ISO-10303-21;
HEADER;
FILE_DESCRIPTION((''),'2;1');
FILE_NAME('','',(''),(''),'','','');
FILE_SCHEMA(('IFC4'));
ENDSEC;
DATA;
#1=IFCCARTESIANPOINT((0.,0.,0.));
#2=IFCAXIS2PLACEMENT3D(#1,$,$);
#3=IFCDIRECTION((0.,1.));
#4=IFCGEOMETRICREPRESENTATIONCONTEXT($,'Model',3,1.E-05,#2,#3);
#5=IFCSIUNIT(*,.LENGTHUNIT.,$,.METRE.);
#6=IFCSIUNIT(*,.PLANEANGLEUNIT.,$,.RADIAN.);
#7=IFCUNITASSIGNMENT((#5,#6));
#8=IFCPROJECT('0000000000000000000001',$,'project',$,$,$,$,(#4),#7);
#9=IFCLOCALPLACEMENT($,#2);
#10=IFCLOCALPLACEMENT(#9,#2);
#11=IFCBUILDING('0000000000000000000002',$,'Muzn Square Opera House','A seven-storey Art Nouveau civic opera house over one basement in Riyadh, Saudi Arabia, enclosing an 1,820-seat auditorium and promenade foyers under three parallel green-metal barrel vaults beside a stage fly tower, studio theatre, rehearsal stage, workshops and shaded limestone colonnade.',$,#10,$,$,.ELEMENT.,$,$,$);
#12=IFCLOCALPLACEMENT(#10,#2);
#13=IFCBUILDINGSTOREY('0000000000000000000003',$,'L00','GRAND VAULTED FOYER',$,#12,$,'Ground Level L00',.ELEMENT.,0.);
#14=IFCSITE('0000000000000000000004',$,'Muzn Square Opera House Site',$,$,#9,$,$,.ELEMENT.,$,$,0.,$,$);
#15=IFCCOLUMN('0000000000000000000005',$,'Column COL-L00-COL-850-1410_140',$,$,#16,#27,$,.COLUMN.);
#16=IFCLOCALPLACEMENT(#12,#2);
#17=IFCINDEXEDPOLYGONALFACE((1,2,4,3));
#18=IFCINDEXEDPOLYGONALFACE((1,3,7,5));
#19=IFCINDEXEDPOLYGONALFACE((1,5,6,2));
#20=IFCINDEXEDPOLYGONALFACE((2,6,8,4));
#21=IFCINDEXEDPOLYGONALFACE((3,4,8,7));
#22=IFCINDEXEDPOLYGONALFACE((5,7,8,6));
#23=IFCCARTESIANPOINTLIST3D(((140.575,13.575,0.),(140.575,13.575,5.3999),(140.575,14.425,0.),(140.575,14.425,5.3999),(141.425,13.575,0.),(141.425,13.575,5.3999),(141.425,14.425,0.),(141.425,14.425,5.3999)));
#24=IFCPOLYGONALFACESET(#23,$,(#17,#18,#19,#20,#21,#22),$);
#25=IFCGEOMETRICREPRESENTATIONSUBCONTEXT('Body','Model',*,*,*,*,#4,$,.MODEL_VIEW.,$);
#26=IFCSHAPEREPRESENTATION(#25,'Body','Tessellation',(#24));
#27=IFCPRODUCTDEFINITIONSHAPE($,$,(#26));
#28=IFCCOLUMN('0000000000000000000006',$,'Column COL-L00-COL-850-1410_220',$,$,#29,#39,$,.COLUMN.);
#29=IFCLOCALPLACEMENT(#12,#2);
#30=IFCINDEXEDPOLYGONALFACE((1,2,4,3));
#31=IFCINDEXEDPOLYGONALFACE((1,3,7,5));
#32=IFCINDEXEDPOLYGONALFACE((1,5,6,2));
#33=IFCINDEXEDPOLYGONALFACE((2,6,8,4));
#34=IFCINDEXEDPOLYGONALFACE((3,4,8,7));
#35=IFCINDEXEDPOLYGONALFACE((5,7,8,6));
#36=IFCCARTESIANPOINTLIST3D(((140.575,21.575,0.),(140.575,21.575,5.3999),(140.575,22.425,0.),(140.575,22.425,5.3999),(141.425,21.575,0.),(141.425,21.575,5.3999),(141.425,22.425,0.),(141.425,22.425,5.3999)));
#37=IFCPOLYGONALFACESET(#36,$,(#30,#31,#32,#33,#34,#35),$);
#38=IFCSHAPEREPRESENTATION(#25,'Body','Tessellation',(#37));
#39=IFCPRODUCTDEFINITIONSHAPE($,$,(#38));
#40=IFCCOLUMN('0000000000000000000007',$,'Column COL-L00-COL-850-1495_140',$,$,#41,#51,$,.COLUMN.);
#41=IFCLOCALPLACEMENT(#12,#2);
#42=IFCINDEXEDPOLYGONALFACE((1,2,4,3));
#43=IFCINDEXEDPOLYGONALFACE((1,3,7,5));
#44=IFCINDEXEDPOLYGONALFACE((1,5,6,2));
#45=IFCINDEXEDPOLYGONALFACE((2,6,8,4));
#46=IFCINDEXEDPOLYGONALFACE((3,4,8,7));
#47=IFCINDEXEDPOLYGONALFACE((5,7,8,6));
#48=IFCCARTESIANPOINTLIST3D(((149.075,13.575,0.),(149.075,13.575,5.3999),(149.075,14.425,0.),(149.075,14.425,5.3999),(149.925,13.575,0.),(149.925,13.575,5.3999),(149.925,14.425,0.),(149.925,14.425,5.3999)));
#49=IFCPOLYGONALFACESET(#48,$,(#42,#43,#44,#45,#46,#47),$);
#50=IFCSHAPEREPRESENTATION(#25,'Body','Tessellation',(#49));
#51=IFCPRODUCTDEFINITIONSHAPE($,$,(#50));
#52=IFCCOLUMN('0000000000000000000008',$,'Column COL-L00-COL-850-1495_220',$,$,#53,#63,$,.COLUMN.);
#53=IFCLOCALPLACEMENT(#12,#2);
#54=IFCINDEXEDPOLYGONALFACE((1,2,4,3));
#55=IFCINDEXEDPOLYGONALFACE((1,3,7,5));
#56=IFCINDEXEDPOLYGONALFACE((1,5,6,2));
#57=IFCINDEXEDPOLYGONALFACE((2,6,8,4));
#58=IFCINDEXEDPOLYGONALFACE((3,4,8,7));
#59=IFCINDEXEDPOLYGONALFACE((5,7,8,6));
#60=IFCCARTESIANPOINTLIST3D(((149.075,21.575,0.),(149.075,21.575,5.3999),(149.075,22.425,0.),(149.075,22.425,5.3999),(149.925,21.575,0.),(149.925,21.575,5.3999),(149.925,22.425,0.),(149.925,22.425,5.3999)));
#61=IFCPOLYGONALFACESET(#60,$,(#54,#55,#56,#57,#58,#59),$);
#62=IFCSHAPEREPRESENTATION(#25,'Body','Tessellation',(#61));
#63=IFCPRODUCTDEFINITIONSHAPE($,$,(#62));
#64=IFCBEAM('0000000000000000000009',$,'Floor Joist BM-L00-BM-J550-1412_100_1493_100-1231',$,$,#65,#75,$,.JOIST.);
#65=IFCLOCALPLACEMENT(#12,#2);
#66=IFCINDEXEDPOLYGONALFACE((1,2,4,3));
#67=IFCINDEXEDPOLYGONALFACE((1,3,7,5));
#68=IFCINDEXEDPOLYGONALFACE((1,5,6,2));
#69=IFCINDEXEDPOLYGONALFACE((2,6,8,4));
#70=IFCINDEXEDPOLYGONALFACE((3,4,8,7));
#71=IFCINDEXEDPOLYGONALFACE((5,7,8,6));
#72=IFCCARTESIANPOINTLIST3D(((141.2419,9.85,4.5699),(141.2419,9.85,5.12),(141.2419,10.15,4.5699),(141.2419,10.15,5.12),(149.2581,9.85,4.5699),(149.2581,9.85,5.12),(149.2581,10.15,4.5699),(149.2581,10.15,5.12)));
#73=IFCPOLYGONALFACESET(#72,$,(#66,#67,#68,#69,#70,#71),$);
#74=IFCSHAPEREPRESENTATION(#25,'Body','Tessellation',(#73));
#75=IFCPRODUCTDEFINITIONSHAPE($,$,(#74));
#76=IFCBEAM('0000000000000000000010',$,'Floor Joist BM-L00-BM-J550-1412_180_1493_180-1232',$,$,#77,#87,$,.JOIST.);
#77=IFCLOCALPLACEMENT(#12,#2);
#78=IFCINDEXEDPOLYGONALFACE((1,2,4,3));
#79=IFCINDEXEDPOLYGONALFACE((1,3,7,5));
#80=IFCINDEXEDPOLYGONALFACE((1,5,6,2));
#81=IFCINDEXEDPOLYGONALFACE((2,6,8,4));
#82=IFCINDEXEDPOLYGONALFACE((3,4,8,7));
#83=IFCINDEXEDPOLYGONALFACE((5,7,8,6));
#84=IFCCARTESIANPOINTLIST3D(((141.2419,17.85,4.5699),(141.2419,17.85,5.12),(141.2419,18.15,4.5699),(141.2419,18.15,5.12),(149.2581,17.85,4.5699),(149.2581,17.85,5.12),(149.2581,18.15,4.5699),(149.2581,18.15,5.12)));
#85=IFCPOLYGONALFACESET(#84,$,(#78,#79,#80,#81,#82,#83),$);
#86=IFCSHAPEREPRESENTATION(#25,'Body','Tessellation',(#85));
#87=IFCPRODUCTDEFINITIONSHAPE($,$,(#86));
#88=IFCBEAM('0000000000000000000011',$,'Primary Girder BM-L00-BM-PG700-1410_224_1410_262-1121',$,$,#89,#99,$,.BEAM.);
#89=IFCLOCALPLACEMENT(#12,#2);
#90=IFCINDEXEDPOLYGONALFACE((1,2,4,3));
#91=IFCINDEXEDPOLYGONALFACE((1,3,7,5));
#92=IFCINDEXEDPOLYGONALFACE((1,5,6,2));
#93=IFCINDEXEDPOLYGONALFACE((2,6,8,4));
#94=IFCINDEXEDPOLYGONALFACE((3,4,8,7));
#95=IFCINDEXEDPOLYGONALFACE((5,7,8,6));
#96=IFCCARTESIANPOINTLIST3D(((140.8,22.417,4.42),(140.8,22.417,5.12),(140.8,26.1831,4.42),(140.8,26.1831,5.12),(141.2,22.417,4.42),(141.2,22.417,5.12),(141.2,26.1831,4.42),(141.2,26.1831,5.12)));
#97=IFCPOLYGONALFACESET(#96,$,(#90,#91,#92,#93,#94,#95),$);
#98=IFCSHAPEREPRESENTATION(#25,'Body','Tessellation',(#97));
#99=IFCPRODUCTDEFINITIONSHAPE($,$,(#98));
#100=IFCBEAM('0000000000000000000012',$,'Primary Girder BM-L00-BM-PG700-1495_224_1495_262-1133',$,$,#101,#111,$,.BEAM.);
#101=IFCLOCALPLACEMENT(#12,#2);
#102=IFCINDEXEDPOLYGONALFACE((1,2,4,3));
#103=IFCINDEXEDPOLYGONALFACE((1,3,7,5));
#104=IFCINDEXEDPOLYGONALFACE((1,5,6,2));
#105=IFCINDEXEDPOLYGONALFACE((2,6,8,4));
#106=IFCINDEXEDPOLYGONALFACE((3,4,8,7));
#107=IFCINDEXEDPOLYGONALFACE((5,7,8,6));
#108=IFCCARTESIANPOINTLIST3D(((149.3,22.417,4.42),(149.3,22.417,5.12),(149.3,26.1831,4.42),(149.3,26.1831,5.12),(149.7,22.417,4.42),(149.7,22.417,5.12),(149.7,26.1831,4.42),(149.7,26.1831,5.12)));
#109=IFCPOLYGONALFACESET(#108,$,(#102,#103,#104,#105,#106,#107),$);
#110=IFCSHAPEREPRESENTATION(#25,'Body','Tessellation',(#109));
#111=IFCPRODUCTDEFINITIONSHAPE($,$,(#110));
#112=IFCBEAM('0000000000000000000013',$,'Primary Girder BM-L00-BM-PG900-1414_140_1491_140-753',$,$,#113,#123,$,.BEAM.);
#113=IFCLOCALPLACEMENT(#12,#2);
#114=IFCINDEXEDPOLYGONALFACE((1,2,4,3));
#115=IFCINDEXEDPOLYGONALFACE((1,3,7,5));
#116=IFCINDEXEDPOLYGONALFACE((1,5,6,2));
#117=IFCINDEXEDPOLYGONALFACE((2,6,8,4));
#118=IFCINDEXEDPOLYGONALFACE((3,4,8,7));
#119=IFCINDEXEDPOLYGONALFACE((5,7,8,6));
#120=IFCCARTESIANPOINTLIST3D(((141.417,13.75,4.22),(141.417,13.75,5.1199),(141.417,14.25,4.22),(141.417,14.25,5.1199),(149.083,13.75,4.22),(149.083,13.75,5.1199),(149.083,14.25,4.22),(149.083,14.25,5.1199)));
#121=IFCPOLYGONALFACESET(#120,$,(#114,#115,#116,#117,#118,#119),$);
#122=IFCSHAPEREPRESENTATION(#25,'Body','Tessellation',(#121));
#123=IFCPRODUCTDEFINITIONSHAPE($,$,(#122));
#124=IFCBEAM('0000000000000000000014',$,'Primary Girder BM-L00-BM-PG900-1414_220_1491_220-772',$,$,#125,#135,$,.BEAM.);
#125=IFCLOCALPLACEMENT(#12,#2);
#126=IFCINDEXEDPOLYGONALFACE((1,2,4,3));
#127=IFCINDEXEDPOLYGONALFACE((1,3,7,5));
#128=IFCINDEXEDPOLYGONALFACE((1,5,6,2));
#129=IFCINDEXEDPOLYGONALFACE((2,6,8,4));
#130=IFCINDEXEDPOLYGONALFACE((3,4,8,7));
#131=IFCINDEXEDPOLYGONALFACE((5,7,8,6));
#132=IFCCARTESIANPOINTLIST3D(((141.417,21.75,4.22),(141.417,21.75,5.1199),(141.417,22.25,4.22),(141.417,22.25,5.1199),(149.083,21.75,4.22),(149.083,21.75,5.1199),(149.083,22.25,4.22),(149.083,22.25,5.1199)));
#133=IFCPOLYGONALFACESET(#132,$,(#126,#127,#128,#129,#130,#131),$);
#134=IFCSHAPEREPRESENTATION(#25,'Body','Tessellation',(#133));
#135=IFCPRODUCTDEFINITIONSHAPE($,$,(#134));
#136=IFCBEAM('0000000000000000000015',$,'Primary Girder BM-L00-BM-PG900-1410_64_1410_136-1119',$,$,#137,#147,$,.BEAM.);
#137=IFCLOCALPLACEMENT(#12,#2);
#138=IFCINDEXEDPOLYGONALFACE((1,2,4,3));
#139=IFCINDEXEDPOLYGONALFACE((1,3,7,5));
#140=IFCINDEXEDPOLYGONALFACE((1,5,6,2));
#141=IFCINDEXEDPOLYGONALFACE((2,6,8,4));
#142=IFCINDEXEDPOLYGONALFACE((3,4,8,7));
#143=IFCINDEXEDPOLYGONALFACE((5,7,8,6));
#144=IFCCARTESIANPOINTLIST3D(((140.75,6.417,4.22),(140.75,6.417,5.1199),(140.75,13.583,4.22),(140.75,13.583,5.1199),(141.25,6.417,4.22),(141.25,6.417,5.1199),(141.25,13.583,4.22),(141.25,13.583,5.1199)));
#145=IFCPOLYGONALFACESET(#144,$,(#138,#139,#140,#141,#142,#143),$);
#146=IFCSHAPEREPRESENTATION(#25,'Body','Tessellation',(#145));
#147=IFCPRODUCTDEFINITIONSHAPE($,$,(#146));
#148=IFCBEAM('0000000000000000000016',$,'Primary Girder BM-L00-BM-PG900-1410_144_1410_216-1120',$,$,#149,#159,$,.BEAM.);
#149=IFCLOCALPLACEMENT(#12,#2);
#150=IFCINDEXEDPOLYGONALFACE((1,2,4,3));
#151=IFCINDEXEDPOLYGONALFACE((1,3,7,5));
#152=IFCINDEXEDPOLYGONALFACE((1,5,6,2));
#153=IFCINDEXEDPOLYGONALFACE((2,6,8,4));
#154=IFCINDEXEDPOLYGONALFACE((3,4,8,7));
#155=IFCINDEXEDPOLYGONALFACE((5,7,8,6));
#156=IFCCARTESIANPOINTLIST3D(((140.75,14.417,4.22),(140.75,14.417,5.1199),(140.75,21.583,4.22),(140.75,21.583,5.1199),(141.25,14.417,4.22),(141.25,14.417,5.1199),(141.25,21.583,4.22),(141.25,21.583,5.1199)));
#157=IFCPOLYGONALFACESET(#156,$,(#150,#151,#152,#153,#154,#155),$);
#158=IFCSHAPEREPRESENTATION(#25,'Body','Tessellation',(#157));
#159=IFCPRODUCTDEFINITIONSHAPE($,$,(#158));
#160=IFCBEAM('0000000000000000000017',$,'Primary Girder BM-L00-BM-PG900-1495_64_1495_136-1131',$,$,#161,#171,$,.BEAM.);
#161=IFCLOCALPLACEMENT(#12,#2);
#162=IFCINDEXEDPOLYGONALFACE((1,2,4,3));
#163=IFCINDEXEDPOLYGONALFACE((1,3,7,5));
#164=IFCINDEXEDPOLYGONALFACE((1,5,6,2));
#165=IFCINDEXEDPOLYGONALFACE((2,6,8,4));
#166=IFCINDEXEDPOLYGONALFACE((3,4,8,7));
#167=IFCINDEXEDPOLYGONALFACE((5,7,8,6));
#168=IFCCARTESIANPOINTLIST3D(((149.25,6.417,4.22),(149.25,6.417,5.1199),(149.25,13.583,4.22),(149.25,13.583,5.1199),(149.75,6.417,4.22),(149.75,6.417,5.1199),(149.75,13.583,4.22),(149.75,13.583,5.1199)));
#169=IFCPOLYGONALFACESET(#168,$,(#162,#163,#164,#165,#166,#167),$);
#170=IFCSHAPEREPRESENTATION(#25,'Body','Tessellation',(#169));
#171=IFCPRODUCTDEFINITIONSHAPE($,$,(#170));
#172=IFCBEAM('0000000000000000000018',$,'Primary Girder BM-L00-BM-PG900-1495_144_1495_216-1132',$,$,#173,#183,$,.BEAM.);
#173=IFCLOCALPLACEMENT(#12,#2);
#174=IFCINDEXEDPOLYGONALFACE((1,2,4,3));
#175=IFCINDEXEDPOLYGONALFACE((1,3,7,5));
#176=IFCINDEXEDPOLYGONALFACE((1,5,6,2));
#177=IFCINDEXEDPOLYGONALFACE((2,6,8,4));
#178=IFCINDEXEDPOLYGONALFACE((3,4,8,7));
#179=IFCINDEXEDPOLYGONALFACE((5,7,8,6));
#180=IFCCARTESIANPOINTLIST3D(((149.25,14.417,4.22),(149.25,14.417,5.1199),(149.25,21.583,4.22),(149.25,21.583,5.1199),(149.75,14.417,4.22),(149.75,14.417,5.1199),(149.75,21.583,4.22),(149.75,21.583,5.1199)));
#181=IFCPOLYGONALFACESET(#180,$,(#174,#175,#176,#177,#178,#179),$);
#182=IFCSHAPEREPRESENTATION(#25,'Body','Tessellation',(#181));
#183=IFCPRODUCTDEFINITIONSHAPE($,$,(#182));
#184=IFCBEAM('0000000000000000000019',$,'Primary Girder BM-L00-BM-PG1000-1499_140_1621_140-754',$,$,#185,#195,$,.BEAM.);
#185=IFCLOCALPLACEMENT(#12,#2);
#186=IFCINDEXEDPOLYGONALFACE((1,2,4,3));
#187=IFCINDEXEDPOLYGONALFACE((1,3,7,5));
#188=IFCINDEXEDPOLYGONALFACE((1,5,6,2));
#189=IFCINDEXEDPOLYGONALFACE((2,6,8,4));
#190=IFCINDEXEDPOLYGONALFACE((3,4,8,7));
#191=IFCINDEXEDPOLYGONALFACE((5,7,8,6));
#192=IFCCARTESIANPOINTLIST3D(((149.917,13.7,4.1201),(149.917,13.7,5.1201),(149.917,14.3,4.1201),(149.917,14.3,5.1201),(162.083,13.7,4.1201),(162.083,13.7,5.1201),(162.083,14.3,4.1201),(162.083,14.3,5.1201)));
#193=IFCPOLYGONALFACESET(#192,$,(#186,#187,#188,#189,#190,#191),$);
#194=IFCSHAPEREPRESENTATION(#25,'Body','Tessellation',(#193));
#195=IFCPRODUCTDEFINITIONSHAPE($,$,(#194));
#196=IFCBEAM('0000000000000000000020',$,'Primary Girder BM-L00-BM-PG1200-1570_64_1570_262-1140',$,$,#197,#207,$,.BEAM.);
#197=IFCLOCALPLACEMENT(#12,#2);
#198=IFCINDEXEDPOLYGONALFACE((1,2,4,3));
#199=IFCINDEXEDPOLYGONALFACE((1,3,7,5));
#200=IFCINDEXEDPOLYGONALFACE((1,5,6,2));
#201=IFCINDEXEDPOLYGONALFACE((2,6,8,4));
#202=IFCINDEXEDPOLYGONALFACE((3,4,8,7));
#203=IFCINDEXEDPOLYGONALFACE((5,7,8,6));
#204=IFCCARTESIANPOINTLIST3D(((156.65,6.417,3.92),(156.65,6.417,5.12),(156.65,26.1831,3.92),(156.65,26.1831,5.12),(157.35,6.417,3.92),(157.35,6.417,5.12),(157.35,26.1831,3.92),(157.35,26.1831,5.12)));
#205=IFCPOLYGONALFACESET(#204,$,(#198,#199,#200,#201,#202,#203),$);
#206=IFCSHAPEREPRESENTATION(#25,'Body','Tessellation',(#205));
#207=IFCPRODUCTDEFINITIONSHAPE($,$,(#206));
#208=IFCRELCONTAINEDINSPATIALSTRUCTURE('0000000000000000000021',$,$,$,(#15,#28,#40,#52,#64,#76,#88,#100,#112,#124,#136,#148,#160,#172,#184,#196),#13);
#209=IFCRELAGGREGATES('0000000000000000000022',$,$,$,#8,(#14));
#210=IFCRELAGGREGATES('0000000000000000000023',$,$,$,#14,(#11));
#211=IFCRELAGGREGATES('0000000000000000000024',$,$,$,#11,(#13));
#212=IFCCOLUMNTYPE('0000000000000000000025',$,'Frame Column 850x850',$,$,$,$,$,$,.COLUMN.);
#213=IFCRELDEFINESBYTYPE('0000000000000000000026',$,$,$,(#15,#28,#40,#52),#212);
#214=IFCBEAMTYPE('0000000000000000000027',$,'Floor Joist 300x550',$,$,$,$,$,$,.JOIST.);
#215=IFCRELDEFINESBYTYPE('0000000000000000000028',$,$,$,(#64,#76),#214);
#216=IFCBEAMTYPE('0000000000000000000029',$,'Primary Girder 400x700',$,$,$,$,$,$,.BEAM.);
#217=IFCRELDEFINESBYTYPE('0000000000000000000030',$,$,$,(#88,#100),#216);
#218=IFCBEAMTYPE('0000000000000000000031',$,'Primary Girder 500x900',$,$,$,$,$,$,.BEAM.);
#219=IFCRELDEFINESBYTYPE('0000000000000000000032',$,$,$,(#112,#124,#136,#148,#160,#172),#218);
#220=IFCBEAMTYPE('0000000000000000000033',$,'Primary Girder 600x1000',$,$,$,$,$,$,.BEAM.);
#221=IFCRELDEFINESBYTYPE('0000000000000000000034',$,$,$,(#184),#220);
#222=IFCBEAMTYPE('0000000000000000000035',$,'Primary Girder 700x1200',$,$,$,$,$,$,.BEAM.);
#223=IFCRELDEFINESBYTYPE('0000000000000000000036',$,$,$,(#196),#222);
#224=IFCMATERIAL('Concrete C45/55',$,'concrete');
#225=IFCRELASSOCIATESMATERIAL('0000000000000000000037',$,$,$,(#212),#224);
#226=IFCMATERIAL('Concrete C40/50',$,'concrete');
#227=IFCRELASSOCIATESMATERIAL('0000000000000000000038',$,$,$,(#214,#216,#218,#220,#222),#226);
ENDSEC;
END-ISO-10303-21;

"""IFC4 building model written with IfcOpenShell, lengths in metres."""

from ifc_helpers import new_model, si_unit, direction, frame, origin, origin_2d, place, context, subcontext, project, spatial, rectangle, extrude, material, material_profile, profile_set, type_object, element, save


model = new_model("IFC4")

# Units and contexts
model_context = context("Model", 3, precision=1e-05, world=origin(), true_north=direction((0.0, 1.0)))
body_context = subcontext(model_context, "Body", "Model", "MODEL_VIEW")
ifc_project = project(units=[si_unit("LENGTHUNIT", "METRE"), si_unit("PLANEANGLEUNIT", "RADIAN")], contexts=[model_context])

# Site, building, storey
site_placement = place(None, origin())
site = spatial("IfcSite", under=ifc_project, at=site_placement, Name="Muzn Square Opera House Site", CompositionType="ELEMENT", RefElevation=0.0)
building_placement = place(site_placement, origin())
building = spatial("IfcBuilding", under=site, at=building_placement, Name="Muzn Square Opera House", Description="A seven-storey Art Nouveau civic opera house over one basement in Riyadh, Saudi Arabia, enclosing an 1,820-seat auditorium and promenade foyers under three parallel green-metal barrel vaults beside a stage fly tower, studio theatre, rehearsal stage, workshops and shaded limestone colonnade.", CompositionType="ELEMENT")
storey_placement = place(building_placement, origin())
storey = spatial("IfcBuildingStorey", under=building, at=storey_placement, Name="L00", Description="GRAND VAULTED FOYER", LongName="Ground Level L00", CompositionType="ELEMENT", Elevation=0.0)

# Columns
ifc_material_1 = material(Name="Concrete C45/55", Category="concrete")
ifc_material_profile_1 = material_profile(ifc_material_1, rectangle(XDim=0.8501, YDim=0.8501, at=origin_2d()), Name="RC 850x850", Category="concrete")
ifc_profile_set_1 = profile_set([ifc_material_profile_1], Name="Concrete C45/55")
column_type = type_object("IfcColumnType", Name="Frame Column 850x850", PredefinedType="COLUMN", material=ifc_profile_set_1)
for number, where, z_axis, x_axis, name in (
    (1, (141.0, 14.0, 0.0), (0.0, 0.0, 1.0), (1.0, 0.0, 0.0), "Column COL-L00-COL-850-1410_140"),
    (2, (141.0, 22.0, 0.0), (0.0, 0.0, 1.0), (1.0, 0.0, 0.0), "Column COL-L00-COL-850-1410_220"),
    (3, (149.5, 14.0, 0.0), (0.0, 0.0, 1.0), (1.0, 0.0, 0.0), "Column COL-L00-COL-850-1495_140"),
    (4, (149.5, 22.0, 0.0), (0.0, 0.0, 1.0), (1.0, 0.0, 0.0), "Column COL-L00-COL-850-1495_220"),
):
    element("IfcColumn", number, at=place(storey_placement, frame(where, z_axis=z_axis, x_axis=x_axis)), inside=storey, type_object=column_type, Name=name, PredefinedType="COLUMN", context=body_context, shape_type="SweptSolid", body=[
        extrude(rectangle(XDim=0.8501, YDim=0.8501, at=origin_2d()), origin(), (0.0, 0.0, 1.0), 5.3999),
    ])

# Beams
ifc_material_2 = material(Name="Concrete C40/50", Category="concrete")
ifc_material_profile_2 = material_profile(ifc_material_2, rectangle(XDim=0.3, YDim=0.55, at=origin_2d()), Name="RCJ 300x550", Category="concrete")
ifc_profile_set_2 = profile_set([ifc_material_profile_2], Name="Concrete C40/50")
beam_type_1 = type_object("IfcBeamType", Name="Floor Joist 300x550", PredefinedType="JOIST", material=ifc_profile_set_2)
for number, where, z_axis, x_axis, name in (
    (5, (141.2419, 10.0, 4.845), (1.0, 0.0, 0.0), (0.0, 1.0, 0.0), "Floor Joist BM-L00-BM-J550-1412_100_1493_100-1231"),
    (6, (141.2419, 18.0, 4.845), (1.0, 0.0, 0.0), (0.0, 1.0, 0.0), "Floor Joist BM-L00-BM-J550-1412_180_1493_180-1232"),
):
    element("IfcBeam", number, at=place(storey_placement, frame(where, z_axis=z_axis, x_axis=x_axis)), inside=storey, type_object=beam_type_1, Name=name, PredefinedType="JOIST", context=body_context, shape_type="SweptSolid", body=[
        extrude(rectangle(XDim=0.3, YDim=0.55, at=origin_2d()), origin(), (0.0, 0.0, 1.0), 8.0161),
    ])
ifc_material_profile_3 = material_profile(ifc_material_2, rectangle(XDim=0.3999, YDim=0.7, at=origin_2d()), Name="RCB 400x700", Category="concrete")
ifc_profile_set_3 = profile_set([ifc_material_profile_3], Name="Concrete C40/50")
beam_type_2 = type_object("IfcBeamType", Name="Primary Girder 400x700", PredefinedType="BEAM", material=ifc_profile_set_3)
for number, where, z_axis, x_axis, name in (
    (7, (141.0, 22.417, 4.77), (0.0, 1.0, 0.0), (-1.0, 0.0, 0.0), "Primary Girder BM-L00-BM-PG700-1410_224_1410_262-1121"),
    (8, (149.5, 22.417, 4.77), (0.0, 1.0, 0.0), (-1.0, 0.0, 0.0), "Primary Girder BM-L00-BM-PG700-1495_224_1495_262-1133"),
):
    element("IfcBeam", number, at=place(storey_placement, frame(where, z_axis=z_axis, x_axis=x_axis)), inside=storey, type_object=beam_type_2, Name=name, PredefinedType="BEAM", context=body_context, shape_type="SweptSolid", body=[
        extrude(rectangle(XDim=0.3999, YDim=0.7, at=origin_2d()), origin(), (0.0, 0.0, 1.0), 3.7661),
    ])
ifc_material_profile_4 = material_profile(ifc_material_2, rectangle(XDim=0.5, YDim=0.8999, at=origin_2d()), Name="RCB 500x900", Category="concrete")
ifc_profile_set_4 = profile_set([ifc_material_profile_4], Name="Concrete C40/50")
beam_type_3 = type_object("IfcBeamType", Name="Primary Girder 500x900", PredefinedType="BEAM", material=ifc_profile_set_4)
for number, where, z_axis, x_axis, name in (
    (9, (141.417, 14.0, 4.6699), (1.0, 0.0, 0.0), (0.0, 1.0, 0.0), "Primary Girder BM-L00-BM-PG900-1414_140_1491_140-753"),
    (10, (141.417, 22.0, 4.6699), (1.0, 0.0, 0.0), (0.0, 1.0, 0.0), "Primary Girder BM-L00-BM-PG900-1414_220_1491_220-772"),
):
    element("IfcBeam", number, at=place(storey_placement, frame(where, z_axis=z_axis, x_axis=x_axis)), inside=storey, type_object=beam_type_3, Name=name, PredefinedType="BEAM", context=body_context, shape_type="SweptSolid", body=[
        extrude(rectangle(XDim=0.5, YDim=0.8999, at=origin_2d()), origin(), (0.0, 0.0, 1.0), 7.666),
    ])
for number, where, z_axis, x_axis, name in (
    (11, (141.0, 6.417, 4.6699), (0.0, 1.0, 0.0), (-1.0, 0.0, 0.0), "Primary Girder BM-L00-BM-PG900-1410_64_1410_136-1119"),
    (12, (141.0, 14.417, 4.6699), (0.0, 1.0, 0.0), (-1.0, 0.0, 0.0), "Primary Girder BM-L00-BM-PG900-1410_144_1410_216-1120"),
    (13, (149.5, 6.417, 4.6699), (0.0, 1.0, 0.0), (-1.0, 0.0, 0.0), "Primary Girder BM-L00-BM-PG900-1495_64_1495_136-1131"),
    (14, (149.5, 14.417, 4.6699), (0.0, 1.0, 0.0), (-1.0, 0.0, 0.0), "Primary Girder BM-L00-BM-PG900-1495_144_1495_216-1132"),
):
    element("IfcBeam", number, at=place(storey_placement, frame(where, z_axis=z_axis, x_axis=x_axis)), inside=storey, type_object=beam_type_3, Name=name, PredefinedType="BEAM", context=body_context, shape_type="SweptSolid", body=[
        extrude(rectangle(XDim=0.5, YDim=0.8999, at=origin_2d()), origin(), (0.0, 0.0, 1.0), 7.166),
    ])
ifc_material_profile_5 = material_profile(ifc_material_2, rectangle(XDim=0.6001, YDim=1.0, at=origin_2d()), Name="RCB 600x1000", Category="concrete")
ifc_profile_set_5 = profile_set([ifc_material_profile_5], Name="Concrete C40/50")
beam_type_4 = type_object("IfcBeamType", Name="Primary Girder 600x1000", PredefinedType="BEAM", material=ifc_profile_set_5)
beam_1_placement = place(storey_placement, frame((149.917, 14.0, 4.6201), z_axis=(1.0, 0.0, 0.0), x_axis=(0.0, 1.0, 0.0)))
element("IfcBeam", 15, at=beam_1_placement, inside=storey, type_object=beam_type_4, Name="Primary Girder BM-L00-BM-PG1000-1499_140_1621_140-754", PredefinedType="BEAM", context=body_context, shape_type="SweptSolid", body=[
    extrude(rectangle(XDim=0.6001, YDim=1.0, at=origin_2d()), origin(), (0.0, 0.0, 1.0), 12.166),
])
ifc_material_profile_6 = material_profile(ifc_material_2, rectangle(XDim=0.7, YDim=1.2, at=origin_2d()), Name="RCB 700x1200", Category="concrete")
ifc_profile_set_6 = profile_set([ifc_material_profile_6], Name="Concrete C40/50")
beam_type_5 = type_object("IfcBeamType", Name="Primary Girder 700x1200", PredefinedType="BEAM", material=ifc_profile_set_6)
beam_2_placement = place(storey_placement, frame((157.0, 6.417, 4.52), z_axis=(0.0, 1.0, 0.0), x_axis=(-1.0, 0.0, 0.0)))
element("IfcBeam", 16, at=beam_2_placement, inside=storey, type_object=beam_type_5, Name="Primary Girder BM-L00-BM-PG1200-1570_64_1570_262-1140", PredefinedType="BEAM", context=body_context, shape_type="SweptSolid", body=[
    extrude(rectangle(XDim=0.7, YDim=1.2, at=origin_2d()), origin(), (0.0, 0.0, 1.0), 19.7661),
])

save(model, "model.ifc")
